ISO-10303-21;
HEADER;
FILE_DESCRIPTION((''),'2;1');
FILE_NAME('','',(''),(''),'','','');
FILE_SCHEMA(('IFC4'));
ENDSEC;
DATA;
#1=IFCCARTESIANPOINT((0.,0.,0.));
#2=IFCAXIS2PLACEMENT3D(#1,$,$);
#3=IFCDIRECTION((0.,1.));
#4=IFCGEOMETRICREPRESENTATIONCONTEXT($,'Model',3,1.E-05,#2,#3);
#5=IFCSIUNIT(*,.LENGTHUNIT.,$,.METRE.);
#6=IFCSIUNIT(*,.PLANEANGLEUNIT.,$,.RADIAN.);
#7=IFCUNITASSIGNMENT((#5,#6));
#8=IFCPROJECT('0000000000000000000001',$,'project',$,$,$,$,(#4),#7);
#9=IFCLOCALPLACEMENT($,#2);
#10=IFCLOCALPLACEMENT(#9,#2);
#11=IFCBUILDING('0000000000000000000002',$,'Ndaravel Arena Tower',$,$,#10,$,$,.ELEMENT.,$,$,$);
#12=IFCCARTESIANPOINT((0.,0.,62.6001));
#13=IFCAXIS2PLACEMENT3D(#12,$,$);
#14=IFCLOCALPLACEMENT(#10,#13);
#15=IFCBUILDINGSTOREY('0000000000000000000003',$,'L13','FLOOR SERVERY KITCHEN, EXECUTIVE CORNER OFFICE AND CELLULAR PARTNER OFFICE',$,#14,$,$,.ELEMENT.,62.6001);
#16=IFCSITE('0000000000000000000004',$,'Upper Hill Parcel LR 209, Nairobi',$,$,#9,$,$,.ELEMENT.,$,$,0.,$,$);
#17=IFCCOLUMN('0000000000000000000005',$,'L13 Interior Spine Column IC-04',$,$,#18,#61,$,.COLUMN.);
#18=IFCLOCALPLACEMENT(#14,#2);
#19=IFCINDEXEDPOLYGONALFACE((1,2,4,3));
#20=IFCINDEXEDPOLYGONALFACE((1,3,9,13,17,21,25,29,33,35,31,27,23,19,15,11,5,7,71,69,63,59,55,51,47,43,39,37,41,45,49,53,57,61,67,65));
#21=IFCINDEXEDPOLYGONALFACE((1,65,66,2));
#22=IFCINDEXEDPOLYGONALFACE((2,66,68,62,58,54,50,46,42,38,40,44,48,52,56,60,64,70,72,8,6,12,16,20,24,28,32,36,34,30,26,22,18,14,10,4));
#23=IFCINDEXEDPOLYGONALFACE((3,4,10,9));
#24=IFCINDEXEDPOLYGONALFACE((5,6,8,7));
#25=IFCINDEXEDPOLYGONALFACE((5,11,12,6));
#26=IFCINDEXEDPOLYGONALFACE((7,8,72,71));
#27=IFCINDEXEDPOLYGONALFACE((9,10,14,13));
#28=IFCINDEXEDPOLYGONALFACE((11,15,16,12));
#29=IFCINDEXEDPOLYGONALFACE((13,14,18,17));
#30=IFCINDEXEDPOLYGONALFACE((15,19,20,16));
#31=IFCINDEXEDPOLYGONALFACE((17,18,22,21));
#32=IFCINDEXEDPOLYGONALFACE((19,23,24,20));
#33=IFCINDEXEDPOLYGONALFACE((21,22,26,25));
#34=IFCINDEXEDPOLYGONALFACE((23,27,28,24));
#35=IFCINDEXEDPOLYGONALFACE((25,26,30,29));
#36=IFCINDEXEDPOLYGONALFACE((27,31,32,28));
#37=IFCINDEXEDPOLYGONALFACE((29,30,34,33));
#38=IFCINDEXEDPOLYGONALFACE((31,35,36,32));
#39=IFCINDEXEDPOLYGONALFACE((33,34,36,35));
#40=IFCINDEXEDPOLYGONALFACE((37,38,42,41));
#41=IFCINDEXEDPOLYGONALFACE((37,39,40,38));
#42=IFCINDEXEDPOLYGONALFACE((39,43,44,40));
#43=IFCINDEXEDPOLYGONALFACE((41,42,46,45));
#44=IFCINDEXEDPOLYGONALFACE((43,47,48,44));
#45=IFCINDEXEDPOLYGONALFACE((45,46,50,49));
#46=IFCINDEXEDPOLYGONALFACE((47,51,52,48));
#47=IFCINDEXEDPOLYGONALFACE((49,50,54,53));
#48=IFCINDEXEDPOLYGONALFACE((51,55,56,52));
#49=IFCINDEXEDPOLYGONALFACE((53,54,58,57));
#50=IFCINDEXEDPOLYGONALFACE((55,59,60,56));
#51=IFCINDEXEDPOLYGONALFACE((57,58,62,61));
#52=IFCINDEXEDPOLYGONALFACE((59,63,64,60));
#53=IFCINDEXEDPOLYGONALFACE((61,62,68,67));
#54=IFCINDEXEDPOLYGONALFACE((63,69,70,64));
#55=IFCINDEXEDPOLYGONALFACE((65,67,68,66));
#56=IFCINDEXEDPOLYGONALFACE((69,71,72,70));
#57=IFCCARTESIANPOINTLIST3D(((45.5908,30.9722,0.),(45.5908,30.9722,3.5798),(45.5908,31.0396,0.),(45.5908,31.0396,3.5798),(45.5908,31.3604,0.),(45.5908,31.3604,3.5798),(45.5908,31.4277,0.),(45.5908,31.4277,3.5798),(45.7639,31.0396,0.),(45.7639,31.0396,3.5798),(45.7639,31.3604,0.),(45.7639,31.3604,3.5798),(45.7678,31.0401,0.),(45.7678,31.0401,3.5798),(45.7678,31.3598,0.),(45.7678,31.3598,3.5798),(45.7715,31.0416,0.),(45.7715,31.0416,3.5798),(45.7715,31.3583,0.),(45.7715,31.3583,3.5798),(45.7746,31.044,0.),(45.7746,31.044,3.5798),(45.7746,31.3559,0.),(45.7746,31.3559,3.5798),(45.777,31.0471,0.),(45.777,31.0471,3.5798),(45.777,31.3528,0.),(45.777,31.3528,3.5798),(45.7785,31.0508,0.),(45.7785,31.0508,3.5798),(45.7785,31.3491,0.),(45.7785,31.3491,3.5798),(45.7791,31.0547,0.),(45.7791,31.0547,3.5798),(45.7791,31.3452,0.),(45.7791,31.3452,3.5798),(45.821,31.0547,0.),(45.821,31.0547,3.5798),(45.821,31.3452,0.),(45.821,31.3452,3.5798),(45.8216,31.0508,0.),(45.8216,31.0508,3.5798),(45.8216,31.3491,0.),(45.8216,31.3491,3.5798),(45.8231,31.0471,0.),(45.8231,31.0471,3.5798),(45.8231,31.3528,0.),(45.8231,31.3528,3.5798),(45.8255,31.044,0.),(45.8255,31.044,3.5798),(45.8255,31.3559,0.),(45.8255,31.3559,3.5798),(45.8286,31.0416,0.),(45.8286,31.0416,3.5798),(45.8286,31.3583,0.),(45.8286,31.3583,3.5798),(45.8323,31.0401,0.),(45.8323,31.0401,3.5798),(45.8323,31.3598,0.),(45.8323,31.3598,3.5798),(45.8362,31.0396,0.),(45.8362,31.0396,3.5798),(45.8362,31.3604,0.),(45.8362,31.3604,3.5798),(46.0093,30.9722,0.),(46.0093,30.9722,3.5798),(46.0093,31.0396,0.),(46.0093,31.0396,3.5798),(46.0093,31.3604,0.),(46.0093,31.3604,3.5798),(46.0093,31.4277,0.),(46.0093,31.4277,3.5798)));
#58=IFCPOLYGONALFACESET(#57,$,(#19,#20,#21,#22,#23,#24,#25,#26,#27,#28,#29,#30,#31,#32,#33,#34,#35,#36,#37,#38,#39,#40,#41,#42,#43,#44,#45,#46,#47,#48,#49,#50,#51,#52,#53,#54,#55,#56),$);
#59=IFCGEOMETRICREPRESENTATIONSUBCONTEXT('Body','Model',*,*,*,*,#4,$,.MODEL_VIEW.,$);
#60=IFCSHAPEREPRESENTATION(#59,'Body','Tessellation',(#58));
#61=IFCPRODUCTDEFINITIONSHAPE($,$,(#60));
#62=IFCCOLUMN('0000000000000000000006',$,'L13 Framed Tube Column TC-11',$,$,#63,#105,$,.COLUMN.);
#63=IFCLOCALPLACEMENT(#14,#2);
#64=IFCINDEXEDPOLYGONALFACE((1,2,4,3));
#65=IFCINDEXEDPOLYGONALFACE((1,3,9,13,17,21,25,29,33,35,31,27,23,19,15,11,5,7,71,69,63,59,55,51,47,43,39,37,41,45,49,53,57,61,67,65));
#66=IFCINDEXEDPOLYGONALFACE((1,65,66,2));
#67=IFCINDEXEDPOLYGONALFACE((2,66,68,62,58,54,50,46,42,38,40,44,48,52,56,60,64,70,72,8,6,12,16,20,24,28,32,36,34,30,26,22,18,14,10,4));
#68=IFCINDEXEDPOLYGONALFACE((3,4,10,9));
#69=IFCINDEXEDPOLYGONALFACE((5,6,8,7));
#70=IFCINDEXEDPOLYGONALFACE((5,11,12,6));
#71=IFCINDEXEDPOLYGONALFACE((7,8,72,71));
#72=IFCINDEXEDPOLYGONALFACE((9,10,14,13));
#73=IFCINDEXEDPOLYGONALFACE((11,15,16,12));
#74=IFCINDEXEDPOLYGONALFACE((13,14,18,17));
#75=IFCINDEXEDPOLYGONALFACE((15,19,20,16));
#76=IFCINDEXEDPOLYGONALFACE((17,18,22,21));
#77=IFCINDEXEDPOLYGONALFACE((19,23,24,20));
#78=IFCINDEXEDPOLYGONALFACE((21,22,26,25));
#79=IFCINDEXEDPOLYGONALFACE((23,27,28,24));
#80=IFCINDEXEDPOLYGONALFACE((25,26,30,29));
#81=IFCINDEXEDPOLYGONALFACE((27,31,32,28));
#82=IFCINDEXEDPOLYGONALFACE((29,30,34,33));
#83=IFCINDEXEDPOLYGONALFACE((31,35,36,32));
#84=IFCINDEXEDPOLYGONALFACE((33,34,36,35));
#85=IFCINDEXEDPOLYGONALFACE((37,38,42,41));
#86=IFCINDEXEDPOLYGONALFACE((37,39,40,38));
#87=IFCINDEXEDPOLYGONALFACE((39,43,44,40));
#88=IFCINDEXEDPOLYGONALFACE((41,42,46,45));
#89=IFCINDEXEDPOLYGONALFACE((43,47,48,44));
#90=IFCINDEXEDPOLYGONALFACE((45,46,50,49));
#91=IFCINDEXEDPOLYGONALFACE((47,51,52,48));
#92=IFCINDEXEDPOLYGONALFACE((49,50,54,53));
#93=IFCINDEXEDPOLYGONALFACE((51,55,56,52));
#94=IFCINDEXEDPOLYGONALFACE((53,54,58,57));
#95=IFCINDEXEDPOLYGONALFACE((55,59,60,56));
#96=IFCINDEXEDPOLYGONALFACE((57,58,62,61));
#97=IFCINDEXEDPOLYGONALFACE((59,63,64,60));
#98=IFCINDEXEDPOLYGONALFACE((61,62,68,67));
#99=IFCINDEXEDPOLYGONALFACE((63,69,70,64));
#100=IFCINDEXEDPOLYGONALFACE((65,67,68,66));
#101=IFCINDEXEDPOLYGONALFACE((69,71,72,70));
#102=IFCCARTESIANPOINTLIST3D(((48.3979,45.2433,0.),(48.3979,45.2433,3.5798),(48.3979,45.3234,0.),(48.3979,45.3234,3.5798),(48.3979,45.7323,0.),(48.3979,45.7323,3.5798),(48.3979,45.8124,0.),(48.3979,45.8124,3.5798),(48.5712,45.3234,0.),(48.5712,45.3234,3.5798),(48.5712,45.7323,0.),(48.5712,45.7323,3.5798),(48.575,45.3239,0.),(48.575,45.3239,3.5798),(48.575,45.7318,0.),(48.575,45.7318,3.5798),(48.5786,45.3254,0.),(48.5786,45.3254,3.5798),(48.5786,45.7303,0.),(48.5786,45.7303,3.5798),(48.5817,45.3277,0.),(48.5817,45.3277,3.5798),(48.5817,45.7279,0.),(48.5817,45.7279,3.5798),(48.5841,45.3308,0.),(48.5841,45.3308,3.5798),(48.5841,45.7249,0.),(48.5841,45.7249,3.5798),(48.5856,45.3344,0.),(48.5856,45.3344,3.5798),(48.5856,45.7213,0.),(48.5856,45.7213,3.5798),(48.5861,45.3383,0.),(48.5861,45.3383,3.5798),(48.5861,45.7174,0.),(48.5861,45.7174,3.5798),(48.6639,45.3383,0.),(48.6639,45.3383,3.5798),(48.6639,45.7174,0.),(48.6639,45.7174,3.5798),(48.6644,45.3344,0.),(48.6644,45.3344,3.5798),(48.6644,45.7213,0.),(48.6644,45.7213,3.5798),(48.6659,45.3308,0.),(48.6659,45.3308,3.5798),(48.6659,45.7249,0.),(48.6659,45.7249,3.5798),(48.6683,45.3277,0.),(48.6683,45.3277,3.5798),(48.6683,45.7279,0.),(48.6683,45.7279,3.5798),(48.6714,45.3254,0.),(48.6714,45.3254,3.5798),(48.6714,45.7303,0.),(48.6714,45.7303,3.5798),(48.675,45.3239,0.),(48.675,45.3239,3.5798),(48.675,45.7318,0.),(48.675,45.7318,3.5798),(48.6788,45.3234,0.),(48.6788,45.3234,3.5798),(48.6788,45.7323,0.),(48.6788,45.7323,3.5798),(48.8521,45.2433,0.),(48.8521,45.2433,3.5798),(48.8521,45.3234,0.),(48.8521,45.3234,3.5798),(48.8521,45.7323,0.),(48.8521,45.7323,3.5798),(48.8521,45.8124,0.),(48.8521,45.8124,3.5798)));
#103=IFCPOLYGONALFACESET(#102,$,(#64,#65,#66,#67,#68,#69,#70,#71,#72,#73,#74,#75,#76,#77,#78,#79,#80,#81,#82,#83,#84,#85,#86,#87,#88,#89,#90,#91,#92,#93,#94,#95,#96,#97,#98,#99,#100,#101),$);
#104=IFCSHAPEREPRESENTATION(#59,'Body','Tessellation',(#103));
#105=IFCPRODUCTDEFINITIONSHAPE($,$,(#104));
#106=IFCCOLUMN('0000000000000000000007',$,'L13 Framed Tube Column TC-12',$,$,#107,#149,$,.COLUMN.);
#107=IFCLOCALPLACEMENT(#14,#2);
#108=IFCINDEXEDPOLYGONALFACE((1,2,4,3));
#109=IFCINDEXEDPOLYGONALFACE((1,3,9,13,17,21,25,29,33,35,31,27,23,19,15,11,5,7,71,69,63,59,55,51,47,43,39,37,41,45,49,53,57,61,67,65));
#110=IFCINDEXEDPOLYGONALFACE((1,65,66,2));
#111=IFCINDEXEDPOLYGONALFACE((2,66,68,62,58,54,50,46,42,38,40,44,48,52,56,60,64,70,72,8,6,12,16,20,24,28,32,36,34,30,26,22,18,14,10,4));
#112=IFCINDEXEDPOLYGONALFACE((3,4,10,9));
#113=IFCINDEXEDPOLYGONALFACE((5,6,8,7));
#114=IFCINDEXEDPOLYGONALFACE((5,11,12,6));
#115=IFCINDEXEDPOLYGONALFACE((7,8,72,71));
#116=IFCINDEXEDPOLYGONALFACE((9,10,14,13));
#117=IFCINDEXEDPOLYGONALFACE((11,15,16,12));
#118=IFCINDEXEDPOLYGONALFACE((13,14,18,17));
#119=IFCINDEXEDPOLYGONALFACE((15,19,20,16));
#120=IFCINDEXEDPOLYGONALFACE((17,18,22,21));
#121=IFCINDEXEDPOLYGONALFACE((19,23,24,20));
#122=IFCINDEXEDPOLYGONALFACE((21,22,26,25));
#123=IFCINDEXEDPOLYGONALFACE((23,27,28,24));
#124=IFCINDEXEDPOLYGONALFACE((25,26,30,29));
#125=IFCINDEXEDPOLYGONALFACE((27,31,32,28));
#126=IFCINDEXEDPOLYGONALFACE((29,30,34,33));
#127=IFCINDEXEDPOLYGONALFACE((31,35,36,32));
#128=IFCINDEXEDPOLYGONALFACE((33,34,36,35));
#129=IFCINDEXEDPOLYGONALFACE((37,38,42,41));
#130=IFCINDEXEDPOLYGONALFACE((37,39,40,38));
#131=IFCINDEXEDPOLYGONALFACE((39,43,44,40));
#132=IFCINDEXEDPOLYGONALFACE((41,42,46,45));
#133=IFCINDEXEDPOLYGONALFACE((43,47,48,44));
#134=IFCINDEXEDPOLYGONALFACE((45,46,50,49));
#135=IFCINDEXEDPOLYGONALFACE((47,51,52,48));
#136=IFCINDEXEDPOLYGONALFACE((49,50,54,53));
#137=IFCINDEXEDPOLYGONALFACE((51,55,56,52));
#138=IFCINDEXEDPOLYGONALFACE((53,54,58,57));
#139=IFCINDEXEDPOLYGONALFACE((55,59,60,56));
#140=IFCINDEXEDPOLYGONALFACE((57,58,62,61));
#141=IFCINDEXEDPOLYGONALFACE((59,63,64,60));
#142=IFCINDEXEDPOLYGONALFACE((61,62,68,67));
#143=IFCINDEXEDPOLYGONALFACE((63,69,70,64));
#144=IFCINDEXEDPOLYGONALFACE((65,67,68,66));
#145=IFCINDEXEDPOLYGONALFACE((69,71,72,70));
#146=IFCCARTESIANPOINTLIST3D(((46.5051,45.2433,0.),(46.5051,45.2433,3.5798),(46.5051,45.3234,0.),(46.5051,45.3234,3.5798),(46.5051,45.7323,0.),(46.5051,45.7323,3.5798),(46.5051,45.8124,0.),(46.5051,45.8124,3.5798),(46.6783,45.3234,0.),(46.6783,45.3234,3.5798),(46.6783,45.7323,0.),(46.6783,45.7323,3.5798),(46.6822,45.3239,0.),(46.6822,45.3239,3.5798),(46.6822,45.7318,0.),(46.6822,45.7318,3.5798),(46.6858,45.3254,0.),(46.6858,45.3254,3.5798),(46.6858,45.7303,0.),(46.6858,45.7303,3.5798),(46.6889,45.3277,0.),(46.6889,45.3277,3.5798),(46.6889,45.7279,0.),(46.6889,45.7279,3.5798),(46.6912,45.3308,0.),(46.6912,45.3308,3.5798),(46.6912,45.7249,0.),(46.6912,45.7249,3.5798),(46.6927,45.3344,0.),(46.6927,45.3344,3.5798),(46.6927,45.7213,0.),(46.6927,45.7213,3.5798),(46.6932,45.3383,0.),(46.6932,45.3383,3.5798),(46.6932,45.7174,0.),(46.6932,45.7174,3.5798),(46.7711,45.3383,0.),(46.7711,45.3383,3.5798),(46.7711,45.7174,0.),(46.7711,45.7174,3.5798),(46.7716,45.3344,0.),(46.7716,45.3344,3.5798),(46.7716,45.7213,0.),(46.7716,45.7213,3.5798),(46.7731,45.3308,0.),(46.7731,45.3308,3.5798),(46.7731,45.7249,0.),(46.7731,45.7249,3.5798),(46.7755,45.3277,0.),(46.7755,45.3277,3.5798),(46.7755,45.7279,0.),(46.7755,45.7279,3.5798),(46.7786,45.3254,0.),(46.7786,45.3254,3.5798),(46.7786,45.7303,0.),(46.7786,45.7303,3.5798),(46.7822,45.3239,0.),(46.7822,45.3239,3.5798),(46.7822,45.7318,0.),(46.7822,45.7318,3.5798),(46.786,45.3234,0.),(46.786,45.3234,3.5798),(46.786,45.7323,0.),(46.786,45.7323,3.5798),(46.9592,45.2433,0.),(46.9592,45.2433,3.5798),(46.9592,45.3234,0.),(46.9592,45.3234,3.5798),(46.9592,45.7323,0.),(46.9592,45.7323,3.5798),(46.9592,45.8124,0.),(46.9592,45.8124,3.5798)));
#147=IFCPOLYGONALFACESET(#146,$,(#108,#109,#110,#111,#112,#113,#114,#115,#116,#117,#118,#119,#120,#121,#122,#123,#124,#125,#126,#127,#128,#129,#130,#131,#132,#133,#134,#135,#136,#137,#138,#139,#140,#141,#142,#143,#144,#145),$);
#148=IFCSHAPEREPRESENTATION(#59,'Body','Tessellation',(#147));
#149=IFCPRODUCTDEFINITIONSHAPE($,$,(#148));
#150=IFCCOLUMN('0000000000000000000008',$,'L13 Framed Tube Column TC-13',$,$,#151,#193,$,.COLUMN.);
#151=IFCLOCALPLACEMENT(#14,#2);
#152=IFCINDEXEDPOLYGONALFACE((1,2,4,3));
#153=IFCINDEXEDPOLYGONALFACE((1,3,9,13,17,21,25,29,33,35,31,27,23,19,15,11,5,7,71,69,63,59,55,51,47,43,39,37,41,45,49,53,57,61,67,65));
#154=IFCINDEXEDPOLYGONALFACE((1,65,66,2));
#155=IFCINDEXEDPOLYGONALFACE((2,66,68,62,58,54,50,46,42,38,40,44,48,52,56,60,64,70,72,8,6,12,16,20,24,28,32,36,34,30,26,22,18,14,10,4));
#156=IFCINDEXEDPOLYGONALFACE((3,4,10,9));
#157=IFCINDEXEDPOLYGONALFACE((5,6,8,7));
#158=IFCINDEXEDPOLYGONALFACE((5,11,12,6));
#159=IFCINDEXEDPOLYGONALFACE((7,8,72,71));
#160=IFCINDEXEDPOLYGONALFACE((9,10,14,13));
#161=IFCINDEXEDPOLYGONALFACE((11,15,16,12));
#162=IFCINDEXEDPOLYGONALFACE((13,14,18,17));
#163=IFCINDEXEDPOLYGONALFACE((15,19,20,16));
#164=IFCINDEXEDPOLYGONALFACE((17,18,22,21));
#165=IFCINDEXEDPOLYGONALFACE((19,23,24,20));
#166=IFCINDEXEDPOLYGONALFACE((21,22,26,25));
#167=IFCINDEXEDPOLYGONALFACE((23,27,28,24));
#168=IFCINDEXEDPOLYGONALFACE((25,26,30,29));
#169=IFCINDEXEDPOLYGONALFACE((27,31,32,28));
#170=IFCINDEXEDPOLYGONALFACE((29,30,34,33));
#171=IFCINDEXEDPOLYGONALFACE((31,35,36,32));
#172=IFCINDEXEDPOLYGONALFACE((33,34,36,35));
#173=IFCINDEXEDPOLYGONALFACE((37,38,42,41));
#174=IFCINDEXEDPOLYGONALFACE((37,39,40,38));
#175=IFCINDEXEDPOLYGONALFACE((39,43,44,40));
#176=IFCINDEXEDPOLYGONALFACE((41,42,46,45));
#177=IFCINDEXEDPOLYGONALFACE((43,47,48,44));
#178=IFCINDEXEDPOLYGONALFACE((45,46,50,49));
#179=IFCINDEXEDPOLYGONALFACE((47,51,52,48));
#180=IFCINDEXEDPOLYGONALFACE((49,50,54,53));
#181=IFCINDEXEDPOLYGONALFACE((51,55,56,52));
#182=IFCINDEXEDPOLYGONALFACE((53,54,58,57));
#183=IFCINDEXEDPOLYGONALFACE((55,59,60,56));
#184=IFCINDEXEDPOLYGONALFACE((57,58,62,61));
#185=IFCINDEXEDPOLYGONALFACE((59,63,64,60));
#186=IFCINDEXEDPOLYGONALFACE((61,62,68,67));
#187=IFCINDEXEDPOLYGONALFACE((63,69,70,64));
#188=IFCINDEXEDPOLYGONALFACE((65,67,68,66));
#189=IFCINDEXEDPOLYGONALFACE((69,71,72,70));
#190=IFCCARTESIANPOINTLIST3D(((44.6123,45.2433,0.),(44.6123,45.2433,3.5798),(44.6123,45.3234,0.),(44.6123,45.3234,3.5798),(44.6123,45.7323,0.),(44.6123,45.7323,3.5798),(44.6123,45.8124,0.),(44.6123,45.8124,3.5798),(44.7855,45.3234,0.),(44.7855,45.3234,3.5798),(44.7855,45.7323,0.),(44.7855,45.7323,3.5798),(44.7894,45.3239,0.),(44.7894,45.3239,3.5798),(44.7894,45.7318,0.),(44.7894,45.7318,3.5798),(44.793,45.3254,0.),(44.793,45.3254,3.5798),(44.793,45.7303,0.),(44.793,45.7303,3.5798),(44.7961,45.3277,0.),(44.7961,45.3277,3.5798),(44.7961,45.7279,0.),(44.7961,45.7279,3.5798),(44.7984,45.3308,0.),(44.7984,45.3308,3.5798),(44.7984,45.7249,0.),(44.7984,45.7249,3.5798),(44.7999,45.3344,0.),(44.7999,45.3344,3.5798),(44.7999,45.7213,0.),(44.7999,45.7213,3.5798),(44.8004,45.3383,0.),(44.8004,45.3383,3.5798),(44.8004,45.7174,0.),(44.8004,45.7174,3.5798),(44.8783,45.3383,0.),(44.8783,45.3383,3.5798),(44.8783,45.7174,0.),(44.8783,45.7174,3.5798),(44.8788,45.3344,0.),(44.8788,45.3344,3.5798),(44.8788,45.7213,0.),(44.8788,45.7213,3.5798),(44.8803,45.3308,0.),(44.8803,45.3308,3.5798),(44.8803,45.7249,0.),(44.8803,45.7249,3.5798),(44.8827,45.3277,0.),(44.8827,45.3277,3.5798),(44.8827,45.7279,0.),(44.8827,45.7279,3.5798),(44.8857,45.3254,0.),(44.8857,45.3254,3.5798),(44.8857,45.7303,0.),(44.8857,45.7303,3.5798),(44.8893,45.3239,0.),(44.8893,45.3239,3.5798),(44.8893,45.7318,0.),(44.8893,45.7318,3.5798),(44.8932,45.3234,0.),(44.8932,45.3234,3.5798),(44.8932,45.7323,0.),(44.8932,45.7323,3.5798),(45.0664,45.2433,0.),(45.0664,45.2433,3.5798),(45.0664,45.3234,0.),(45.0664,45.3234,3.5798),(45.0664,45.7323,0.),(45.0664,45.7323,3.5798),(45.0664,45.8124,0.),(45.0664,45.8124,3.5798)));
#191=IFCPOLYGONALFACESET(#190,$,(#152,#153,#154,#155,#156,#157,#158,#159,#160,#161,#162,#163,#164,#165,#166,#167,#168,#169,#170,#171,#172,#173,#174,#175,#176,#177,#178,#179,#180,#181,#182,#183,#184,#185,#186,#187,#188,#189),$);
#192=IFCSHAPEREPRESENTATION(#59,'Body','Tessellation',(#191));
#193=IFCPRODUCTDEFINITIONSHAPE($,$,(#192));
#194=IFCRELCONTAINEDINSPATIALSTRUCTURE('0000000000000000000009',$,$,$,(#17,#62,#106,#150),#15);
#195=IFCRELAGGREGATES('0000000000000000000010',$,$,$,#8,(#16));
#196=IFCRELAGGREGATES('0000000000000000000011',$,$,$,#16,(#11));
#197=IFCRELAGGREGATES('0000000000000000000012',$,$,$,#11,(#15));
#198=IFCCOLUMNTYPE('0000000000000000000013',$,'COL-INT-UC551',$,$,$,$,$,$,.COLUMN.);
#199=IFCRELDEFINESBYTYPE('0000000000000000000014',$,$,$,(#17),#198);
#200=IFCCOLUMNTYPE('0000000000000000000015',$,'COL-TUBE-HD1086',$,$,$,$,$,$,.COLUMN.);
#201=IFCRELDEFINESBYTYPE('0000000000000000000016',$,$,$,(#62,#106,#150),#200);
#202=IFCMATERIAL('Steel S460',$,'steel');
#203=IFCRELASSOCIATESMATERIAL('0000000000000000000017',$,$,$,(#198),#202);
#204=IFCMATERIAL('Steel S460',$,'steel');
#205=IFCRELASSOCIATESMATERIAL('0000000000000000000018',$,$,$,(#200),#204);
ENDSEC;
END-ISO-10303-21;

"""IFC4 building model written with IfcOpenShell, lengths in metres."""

from ifc_helpers import new_model, si_unit, direction, frame, origin, origin_2d, place, context, subcontext, project, spatial, i_section, extrude, material, material_profile, profile_set, type_object, element, save


model = new_model("IFC4")

# Units and contexts
model_context = context("Model", 3, precision=1e-05, world=origin(), true_north=direction((0.0, 1.0)))
body_context = subcontext(model_context, "Body", "Model", "MODEL_VIEW")
ifc_project = project(units=[si_unit("LENGTHUNIT", "METRE"), si_unit("PLANEANGLEUNIT", "RADIAN")], contexts=[model_context])

# Site, building, storey
site_placement = place(None, origin())
site = spatial("IfcSite", under=ifc_project, at=site_placement, Name="Upper Hill Parcel LR 209, Nairobi", CompositionType="ELEMENT", RefElevation=0.0)
building_placement = place(site_placement, origin())
building = spatial("IfcBuilding", under=site, at=building_placement, Name="Ndaravel Arena Tower", CompositionType="ELEMENT")
storey_placement = place(building_placement, frame((0.0, 0.0, 62.6001)))
storey = spatial("IfcBuildingStorey", under=building, at=storey_placement, Name="L13", Description="FLOOR SERVERY KITCHEN, EXECUTIVE CORNER OFFICE AND CELLULAR PARTNER OFFICE", CompositionType="ELEMENT", Elevation=62.6001)

# Columns
ifc_material_1 = material(Name="Steel S460", Category="steel")
ifc_material_profile_1 = material_profile(ifc_material_1, i_section(OverallWidth=0.4185, OverallDepth=0.4556, WebThickness=0.042, FlangeThickness=0.0674, FilletRadius=0.0151, at=origin_2d()), Name="UC 356x406x551")
ifc_profile_set_1 = profile_set([ifc_material_profile_1], Name="Steel S460")
column_type_1 = type_object("IfcColumnType", Name="COL-INT-UC551", PredefinedType="COLUMN", material=ifc_profile_set_1)
column_placement = place(storey_placement, frame((45.8, 31.2, 0.0), z_axis=(0.0, 0.0, 1.0), x_axis=(1.0, 0.0, 0.0)))
element("IfcColumn", 1, at=column_placement, inside=storey, type_object=column_type_1, Name="L13 Interior Spine Column IC-04", PredefinedType="COLUMN", context=body_context, shape_type="SweptSolid", body=[
    extrude(i_section(OverallWidth=0.4185, OverallDepth=0.4556, WebThickness=0.042, FlangeThickness=0.0674, FilletRadius=0.0151, at=origin_2d()), origin(), (0.0, 0.0, 1.0), 3.5798),
])
ifc_material_2 = material(Name="Steel S460", Category="steel")
ifc_material_profile_2 = material_profile(ifc_material_2, i_section(OverallWidth=0.4541, OverallDepth=0.5691, WebThickness=0.0779, FlangeThickness=0.0801, FilletRadius=0.0149, at=origin_2d()), Name="HD 400x1086")
ifc_profile_set_2 = profile_set([ifc_material_profile_2], Name="Steel S460")
column_type_2 = type_object("IfcColumnType", Name="COL-TUBE-HD1086", PredefinedType="COLUMN", material=ifc_profile_set_2)
for number, where, z_axis, x_axis, name in (
    (2, (48.625, 45.5278, 0.0), (0.0, 0.0, 1.0), (1.0, 0.0, 0.0), "L13 Framed Tube Column TC-11"),
    (3, (46.7322, 45.5278, 0.0), (0.0, 0.0, 1.0), (1.0, 0.0, 0.0), "L13 Framed Tube Column TC-12"),
    (4, (44.8394, 45.5278, 0.0), (0.0, 0.0, 1.0), (1.0, 0.0, 0.0), "L13 Framed Tube Column TC-13"),
):
    element("IfcColumn", number, at=place(storey_placement, frame(where, z_axis=z_axis, x_axis=x_axis)), inside=storey, type_object=column_type_2, Name=name, PredefinedType="COLUMN", context=body_context, shape_type="SweptSolid", body=[
        extrude(i_section(OverallWidth=0.4541, OverallDepth=0.5691, WebThickness=0.0779, FlangeThickness=0.0801, FilletRadius=0.0149, at=origin_2d()), origin(), (0.0, 0.0, 1.0), 3.5798),
    ])

save(model, "model.ifc")
